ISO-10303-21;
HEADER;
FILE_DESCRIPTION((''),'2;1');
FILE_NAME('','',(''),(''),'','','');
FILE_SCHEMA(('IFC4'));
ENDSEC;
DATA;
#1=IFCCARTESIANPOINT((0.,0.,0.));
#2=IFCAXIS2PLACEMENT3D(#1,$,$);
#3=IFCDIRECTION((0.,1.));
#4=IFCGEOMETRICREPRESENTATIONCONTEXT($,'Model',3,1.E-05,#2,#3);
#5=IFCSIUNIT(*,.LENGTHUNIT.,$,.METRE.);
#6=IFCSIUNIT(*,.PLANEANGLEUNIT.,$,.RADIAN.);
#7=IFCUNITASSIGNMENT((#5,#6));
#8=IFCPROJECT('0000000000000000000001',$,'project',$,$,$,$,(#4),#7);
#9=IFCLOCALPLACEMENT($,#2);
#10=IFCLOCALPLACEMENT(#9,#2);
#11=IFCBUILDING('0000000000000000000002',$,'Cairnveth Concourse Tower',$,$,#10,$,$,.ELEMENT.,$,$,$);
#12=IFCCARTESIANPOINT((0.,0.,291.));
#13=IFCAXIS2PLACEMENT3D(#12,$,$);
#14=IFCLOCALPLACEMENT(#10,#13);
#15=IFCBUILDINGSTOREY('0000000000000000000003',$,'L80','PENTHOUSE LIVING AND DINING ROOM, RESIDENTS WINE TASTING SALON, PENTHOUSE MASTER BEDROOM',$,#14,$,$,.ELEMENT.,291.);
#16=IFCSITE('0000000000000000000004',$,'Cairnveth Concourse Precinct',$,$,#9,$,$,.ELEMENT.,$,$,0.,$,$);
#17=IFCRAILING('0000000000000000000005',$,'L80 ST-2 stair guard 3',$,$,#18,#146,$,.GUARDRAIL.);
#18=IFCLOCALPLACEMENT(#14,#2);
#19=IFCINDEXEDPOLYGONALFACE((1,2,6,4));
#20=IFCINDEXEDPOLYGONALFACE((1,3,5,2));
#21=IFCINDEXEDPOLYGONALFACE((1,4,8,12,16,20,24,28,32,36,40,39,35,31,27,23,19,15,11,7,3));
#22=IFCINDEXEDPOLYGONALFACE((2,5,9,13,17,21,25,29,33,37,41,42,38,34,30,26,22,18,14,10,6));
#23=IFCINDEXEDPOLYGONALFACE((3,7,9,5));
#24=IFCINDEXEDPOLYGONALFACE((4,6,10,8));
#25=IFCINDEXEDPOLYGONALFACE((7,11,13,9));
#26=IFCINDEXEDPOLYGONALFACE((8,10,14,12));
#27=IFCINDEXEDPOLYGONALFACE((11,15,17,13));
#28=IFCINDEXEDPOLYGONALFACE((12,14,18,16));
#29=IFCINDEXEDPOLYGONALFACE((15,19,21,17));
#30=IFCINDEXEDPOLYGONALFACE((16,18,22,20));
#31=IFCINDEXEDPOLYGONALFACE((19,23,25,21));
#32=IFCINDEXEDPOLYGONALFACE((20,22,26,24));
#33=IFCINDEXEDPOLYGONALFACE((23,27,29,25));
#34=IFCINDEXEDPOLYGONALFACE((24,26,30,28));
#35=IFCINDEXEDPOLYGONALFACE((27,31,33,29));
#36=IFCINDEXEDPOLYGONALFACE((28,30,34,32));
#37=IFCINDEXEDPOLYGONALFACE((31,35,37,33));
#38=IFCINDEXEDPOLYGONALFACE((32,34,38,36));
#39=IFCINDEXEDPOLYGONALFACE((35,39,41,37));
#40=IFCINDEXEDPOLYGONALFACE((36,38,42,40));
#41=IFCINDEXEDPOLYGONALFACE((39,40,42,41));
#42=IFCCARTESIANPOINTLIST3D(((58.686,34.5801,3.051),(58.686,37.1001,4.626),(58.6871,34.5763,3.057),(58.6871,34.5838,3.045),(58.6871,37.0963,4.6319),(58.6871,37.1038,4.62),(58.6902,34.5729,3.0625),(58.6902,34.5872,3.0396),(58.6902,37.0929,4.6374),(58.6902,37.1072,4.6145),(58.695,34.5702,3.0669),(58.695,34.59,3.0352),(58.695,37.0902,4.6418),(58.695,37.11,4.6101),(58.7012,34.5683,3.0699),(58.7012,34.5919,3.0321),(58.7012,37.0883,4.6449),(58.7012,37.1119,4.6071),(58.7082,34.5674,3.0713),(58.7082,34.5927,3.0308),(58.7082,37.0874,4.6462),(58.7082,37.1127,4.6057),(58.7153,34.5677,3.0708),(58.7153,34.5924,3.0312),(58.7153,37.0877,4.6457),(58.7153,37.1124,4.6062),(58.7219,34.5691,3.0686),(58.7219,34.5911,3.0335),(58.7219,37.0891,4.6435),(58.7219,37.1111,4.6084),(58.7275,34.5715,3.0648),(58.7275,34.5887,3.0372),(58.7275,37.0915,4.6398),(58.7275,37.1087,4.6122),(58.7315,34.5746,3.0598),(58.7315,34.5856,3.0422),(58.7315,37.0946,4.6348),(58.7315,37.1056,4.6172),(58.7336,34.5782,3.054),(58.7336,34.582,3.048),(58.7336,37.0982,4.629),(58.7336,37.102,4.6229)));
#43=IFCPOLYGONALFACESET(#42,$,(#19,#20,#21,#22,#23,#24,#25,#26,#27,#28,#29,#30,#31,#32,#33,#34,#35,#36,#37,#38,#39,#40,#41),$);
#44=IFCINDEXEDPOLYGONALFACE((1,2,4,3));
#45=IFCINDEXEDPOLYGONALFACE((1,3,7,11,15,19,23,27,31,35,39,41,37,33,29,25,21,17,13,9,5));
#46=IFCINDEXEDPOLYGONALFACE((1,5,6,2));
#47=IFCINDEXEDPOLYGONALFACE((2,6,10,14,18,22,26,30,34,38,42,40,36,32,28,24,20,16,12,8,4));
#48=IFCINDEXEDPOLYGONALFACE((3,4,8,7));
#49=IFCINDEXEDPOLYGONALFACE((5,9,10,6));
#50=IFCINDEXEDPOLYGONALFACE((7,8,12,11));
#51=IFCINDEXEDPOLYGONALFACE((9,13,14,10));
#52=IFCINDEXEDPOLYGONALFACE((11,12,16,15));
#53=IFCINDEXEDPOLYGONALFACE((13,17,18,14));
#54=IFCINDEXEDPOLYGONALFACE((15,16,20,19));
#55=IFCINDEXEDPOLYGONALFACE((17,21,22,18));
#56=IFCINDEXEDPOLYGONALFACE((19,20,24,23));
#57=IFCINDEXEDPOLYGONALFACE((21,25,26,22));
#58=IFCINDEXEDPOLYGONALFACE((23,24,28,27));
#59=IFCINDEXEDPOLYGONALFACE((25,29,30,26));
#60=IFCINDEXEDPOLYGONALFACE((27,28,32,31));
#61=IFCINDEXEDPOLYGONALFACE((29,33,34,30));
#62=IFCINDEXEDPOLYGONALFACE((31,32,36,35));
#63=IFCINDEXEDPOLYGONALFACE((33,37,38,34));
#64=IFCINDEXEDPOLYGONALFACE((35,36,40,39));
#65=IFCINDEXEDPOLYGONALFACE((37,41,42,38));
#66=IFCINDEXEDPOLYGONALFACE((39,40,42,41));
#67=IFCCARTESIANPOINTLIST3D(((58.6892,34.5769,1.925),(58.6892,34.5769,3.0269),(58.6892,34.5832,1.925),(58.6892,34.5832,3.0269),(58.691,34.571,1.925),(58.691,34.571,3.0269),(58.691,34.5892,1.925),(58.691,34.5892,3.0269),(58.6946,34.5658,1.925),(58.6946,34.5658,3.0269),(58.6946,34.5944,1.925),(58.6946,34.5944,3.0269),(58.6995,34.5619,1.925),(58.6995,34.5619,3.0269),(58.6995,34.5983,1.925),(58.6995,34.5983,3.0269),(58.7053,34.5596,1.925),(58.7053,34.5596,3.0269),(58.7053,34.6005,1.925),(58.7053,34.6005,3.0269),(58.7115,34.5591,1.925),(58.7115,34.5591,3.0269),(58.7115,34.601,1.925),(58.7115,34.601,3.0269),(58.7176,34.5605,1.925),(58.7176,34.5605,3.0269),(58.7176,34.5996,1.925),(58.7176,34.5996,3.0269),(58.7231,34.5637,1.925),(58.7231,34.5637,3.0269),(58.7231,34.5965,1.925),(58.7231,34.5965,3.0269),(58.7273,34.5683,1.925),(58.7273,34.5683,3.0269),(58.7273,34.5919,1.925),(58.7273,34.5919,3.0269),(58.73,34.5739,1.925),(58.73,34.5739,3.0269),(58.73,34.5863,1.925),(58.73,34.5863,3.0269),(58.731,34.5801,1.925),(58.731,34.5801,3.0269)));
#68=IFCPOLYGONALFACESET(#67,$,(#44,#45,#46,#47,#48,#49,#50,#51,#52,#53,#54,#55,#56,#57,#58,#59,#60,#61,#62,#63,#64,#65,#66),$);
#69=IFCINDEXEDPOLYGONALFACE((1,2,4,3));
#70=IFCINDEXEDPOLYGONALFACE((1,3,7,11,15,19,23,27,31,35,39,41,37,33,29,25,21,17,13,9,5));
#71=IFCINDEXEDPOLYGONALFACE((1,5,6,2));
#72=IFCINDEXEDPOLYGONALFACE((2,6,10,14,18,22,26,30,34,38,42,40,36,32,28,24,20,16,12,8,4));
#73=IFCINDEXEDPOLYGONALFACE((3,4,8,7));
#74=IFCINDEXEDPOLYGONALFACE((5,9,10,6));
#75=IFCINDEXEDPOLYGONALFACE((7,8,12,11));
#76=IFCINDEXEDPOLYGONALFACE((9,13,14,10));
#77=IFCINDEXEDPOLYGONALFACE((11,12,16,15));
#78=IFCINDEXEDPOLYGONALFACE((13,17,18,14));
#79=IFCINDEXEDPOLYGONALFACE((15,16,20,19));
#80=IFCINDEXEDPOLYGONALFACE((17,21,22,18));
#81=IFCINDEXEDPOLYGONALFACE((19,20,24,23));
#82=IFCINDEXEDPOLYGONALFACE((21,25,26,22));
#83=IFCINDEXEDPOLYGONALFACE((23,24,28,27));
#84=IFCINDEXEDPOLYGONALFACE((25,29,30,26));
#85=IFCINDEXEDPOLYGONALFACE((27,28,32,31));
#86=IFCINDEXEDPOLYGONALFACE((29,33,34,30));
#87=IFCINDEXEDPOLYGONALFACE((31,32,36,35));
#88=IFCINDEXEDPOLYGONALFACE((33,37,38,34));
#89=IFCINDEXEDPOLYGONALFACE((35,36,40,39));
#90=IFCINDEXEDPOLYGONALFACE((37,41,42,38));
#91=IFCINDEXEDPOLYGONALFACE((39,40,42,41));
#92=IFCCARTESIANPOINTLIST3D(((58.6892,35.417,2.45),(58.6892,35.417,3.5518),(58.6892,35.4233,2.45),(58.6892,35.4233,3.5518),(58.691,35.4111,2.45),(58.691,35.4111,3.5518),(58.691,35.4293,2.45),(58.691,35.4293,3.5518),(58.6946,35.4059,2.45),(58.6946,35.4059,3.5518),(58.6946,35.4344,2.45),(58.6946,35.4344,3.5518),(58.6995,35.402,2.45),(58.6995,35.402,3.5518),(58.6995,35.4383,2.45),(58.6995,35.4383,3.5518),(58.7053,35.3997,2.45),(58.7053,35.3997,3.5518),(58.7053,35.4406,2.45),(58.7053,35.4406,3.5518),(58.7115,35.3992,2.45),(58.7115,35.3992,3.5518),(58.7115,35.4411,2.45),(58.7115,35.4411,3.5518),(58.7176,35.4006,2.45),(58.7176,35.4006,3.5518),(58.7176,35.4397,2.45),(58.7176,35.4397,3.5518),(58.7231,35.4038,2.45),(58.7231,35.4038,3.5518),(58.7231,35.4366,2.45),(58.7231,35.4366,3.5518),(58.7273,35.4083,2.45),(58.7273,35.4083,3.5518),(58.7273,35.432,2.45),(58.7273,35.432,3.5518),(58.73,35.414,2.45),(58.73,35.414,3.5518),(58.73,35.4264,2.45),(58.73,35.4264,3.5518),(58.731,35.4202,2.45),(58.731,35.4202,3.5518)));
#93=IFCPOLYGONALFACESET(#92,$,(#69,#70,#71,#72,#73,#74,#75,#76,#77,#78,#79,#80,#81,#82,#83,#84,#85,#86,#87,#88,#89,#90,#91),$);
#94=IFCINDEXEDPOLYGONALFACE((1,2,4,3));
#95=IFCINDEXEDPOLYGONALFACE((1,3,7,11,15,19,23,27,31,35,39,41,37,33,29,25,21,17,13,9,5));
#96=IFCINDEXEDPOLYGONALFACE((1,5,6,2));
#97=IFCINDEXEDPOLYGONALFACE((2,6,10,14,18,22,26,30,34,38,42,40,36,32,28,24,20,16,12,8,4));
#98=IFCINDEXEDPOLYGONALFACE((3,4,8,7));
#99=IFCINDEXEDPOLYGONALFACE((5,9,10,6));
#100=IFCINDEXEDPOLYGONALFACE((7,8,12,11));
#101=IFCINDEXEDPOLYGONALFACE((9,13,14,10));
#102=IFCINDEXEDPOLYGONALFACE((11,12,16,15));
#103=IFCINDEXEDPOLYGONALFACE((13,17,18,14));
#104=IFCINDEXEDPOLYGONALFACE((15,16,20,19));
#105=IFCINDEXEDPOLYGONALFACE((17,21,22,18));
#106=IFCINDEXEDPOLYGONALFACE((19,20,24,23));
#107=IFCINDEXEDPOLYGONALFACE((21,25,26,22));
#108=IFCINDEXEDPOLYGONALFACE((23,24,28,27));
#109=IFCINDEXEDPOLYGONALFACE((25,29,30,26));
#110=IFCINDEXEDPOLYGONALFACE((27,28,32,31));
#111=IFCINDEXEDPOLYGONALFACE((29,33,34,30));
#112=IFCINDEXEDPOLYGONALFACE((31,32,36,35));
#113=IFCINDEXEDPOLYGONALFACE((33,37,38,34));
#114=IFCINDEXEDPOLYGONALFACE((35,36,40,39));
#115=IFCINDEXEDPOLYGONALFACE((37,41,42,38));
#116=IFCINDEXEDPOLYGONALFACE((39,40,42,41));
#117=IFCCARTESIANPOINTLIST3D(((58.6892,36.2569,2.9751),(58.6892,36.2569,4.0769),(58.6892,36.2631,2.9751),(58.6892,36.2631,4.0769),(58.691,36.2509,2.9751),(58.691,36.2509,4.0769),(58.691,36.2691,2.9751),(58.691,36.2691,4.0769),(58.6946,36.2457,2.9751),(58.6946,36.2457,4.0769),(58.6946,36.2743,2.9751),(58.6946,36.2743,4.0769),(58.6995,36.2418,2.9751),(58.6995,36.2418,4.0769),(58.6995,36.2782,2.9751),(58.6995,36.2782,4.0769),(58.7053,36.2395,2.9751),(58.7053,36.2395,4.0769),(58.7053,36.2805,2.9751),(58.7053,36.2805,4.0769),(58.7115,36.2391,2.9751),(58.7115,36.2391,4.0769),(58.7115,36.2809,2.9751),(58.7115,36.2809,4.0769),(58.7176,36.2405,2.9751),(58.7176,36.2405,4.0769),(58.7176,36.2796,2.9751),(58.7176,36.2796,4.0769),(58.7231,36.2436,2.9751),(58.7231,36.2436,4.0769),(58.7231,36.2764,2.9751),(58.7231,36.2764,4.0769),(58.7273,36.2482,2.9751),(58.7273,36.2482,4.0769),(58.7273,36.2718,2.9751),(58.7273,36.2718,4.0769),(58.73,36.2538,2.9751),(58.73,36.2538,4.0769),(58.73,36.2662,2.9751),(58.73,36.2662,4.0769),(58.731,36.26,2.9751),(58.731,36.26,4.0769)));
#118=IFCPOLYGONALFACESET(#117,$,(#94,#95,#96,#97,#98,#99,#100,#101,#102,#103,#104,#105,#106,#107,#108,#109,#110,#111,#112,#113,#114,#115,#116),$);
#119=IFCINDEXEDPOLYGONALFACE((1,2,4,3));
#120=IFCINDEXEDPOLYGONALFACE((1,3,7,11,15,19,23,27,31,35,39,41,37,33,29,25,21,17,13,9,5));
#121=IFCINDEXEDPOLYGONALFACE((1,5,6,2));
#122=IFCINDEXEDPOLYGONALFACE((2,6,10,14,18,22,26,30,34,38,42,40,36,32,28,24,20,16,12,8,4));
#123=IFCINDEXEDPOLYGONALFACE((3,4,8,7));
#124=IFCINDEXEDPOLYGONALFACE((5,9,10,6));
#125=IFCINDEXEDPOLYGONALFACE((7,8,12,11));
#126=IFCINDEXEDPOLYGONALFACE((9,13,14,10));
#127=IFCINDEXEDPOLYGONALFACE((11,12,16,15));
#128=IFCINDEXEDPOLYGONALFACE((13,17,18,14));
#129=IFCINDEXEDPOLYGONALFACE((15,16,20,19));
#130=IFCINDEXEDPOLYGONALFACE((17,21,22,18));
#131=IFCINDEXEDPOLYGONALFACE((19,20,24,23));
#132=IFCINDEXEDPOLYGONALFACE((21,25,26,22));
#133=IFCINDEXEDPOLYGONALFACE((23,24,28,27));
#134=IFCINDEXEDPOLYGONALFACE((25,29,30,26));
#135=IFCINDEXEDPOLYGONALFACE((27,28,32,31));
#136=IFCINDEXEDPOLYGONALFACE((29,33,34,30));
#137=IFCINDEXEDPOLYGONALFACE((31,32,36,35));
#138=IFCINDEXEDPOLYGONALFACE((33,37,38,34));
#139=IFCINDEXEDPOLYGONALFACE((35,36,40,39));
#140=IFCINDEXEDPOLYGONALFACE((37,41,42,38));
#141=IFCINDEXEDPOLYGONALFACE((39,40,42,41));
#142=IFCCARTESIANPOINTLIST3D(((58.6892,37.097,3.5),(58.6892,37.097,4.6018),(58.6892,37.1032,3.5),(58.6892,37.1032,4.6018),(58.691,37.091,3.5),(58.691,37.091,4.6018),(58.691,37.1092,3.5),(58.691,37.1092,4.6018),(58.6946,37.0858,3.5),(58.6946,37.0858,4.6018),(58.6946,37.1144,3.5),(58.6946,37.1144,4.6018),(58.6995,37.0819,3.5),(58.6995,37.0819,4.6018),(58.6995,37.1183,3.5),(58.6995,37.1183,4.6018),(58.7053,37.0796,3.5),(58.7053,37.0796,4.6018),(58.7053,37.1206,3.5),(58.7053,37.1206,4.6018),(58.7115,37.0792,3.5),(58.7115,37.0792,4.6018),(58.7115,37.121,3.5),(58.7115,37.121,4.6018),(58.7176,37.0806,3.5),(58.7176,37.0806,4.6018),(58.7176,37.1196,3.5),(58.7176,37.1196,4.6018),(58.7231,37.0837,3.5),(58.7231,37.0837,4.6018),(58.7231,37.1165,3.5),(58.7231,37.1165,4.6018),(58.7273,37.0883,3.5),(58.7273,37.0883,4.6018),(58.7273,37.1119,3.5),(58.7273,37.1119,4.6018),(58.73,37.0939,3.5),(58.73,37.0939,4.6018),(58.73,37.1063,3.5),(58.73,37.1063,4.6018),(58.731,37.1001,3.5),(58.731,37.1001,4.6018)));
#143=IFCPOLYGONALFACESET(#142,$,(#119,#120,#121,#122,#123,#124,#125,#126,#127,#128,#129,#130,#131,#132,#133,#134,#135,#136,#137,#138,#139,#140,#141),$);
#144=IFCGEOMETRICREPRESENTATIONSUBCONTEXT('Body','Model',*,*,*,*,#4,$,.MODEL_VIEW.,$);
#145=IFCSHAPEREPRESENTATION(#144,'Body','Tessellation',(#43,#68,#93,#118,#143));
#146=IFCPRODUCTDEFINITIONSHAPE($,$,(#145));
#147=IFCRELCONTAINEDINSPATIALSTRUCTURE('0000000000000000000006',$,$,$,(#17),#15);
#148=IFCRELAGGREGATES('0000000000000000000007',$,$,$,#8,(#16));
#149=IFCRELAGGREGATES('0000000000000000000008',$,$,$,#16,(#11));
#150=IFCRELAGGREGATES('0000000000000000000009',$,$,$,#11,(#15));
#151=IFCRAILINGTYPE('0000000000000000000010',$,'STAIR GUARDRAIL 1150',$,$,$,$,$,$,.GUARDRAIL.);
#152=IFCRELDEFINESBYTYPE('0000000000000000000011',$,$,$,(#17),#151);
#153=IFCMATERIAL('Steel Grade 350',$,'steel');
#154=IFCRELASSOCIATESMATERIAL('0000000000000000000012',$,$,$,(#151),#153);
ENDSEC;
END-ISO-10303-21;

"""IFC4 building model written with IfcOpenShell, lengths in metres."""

from ifc_helpers import new_model, si_unit, direction, frame, origin, origin_2d, place, context, subcontext, project, spatial, circle, extrude, material, type_object, element, save


model = new_model("IFC4")

# Units and contexts
model_context = context("Model", 3, precision=1e-05, world=origin(), true_north=direction((0.0, 1.0)))
body_context = subcontext(model_context, "Body", "Model", "MODEL_VIEW")
ifc_project = project(units=[si_unit("LENGTHUNIT", "METRE"), si_unit("PLANEANGLEUNIT", "RADIAN")], contexts=[model_context])

# Site, building, storey
site_placement = place(None, origin())
site = spatial("IfcSite", under=ifc_project, at=site_placement, Name="Cairnveth Concourse Precinct", CompositionType="ELEMENT", RefElevation=0.0)
building_placement = place(site_placement, origin())
building = spatial("IfcBuilding", under=site, at=building_placement, Name="Cairnveth Concourse Tower", CompositionType="ELEMENT")
storey_placement = place(building_placement, frame((0.0, 0.0, 291.0)))
storey = spatial("IfcBuildingStorey", under=building, at=storey_placement, Name="L80", Description="PENTHOUSE LIVING AND DINING ROOM, RESIDENTS WINE TASTING SALON, PENTHOUSE MASTER BEDROOM", CompositionType="ELEMENT", Elevation=291.0)

# Shared definitions
ifc_material_1 = material(Name="Steel Grade 350", Category="steel")

# Railing
railing_type = type_object("IfcRailingType", Name="STAIR GUARDRAIL 1150", PredefinedType="GUARDRAIL", material=ifc_material_1)
railing_1_placement = place(storey_placement, frame((58.71, 34.5801, 1.925)))
element("IfcRailing", 1, at=railing_1_placement, inside=storey, type_object=railing_type, Name="L80 ST-2 stair guard 3", PredefinedType="GUARDRAIL", context=body_context, shape_type="SweptSolid", body=[
    extrude(circle(Radius=0.0239, at=origin_2d()), frame((0.0, 0.0, 1.126), z_axis=(0.0, 0.848008, 0.529984), x_axis=(-1.0, 0.0, 0.0)), (0.0, 0.0, 1.0), 2.9717),
    extrude(circle(Radius=0.021, at=origin_2d()), origin(), (0.0, 0.0, 1.0), 1.1018),
    extrude(circle(Radius=0.021, at=origin_2d()), frame((0.0, 0.8401, 0.5249)), (0.0, 0.0, 1.0), 1.1018),
    extrude(circle(Radius=0.021, at=origin_2d()), frame((0.0, 1.6799, 1.05)), (0.0, 0.0, 1.0), 1.1018),
    extrude(circle(Radius=0.021, at=origin_2d()), frame((0.0, 2.52, 1.575)), (0.0, 0.0, 1.0), 1.1018),
])

save(model, "model.ifc")
